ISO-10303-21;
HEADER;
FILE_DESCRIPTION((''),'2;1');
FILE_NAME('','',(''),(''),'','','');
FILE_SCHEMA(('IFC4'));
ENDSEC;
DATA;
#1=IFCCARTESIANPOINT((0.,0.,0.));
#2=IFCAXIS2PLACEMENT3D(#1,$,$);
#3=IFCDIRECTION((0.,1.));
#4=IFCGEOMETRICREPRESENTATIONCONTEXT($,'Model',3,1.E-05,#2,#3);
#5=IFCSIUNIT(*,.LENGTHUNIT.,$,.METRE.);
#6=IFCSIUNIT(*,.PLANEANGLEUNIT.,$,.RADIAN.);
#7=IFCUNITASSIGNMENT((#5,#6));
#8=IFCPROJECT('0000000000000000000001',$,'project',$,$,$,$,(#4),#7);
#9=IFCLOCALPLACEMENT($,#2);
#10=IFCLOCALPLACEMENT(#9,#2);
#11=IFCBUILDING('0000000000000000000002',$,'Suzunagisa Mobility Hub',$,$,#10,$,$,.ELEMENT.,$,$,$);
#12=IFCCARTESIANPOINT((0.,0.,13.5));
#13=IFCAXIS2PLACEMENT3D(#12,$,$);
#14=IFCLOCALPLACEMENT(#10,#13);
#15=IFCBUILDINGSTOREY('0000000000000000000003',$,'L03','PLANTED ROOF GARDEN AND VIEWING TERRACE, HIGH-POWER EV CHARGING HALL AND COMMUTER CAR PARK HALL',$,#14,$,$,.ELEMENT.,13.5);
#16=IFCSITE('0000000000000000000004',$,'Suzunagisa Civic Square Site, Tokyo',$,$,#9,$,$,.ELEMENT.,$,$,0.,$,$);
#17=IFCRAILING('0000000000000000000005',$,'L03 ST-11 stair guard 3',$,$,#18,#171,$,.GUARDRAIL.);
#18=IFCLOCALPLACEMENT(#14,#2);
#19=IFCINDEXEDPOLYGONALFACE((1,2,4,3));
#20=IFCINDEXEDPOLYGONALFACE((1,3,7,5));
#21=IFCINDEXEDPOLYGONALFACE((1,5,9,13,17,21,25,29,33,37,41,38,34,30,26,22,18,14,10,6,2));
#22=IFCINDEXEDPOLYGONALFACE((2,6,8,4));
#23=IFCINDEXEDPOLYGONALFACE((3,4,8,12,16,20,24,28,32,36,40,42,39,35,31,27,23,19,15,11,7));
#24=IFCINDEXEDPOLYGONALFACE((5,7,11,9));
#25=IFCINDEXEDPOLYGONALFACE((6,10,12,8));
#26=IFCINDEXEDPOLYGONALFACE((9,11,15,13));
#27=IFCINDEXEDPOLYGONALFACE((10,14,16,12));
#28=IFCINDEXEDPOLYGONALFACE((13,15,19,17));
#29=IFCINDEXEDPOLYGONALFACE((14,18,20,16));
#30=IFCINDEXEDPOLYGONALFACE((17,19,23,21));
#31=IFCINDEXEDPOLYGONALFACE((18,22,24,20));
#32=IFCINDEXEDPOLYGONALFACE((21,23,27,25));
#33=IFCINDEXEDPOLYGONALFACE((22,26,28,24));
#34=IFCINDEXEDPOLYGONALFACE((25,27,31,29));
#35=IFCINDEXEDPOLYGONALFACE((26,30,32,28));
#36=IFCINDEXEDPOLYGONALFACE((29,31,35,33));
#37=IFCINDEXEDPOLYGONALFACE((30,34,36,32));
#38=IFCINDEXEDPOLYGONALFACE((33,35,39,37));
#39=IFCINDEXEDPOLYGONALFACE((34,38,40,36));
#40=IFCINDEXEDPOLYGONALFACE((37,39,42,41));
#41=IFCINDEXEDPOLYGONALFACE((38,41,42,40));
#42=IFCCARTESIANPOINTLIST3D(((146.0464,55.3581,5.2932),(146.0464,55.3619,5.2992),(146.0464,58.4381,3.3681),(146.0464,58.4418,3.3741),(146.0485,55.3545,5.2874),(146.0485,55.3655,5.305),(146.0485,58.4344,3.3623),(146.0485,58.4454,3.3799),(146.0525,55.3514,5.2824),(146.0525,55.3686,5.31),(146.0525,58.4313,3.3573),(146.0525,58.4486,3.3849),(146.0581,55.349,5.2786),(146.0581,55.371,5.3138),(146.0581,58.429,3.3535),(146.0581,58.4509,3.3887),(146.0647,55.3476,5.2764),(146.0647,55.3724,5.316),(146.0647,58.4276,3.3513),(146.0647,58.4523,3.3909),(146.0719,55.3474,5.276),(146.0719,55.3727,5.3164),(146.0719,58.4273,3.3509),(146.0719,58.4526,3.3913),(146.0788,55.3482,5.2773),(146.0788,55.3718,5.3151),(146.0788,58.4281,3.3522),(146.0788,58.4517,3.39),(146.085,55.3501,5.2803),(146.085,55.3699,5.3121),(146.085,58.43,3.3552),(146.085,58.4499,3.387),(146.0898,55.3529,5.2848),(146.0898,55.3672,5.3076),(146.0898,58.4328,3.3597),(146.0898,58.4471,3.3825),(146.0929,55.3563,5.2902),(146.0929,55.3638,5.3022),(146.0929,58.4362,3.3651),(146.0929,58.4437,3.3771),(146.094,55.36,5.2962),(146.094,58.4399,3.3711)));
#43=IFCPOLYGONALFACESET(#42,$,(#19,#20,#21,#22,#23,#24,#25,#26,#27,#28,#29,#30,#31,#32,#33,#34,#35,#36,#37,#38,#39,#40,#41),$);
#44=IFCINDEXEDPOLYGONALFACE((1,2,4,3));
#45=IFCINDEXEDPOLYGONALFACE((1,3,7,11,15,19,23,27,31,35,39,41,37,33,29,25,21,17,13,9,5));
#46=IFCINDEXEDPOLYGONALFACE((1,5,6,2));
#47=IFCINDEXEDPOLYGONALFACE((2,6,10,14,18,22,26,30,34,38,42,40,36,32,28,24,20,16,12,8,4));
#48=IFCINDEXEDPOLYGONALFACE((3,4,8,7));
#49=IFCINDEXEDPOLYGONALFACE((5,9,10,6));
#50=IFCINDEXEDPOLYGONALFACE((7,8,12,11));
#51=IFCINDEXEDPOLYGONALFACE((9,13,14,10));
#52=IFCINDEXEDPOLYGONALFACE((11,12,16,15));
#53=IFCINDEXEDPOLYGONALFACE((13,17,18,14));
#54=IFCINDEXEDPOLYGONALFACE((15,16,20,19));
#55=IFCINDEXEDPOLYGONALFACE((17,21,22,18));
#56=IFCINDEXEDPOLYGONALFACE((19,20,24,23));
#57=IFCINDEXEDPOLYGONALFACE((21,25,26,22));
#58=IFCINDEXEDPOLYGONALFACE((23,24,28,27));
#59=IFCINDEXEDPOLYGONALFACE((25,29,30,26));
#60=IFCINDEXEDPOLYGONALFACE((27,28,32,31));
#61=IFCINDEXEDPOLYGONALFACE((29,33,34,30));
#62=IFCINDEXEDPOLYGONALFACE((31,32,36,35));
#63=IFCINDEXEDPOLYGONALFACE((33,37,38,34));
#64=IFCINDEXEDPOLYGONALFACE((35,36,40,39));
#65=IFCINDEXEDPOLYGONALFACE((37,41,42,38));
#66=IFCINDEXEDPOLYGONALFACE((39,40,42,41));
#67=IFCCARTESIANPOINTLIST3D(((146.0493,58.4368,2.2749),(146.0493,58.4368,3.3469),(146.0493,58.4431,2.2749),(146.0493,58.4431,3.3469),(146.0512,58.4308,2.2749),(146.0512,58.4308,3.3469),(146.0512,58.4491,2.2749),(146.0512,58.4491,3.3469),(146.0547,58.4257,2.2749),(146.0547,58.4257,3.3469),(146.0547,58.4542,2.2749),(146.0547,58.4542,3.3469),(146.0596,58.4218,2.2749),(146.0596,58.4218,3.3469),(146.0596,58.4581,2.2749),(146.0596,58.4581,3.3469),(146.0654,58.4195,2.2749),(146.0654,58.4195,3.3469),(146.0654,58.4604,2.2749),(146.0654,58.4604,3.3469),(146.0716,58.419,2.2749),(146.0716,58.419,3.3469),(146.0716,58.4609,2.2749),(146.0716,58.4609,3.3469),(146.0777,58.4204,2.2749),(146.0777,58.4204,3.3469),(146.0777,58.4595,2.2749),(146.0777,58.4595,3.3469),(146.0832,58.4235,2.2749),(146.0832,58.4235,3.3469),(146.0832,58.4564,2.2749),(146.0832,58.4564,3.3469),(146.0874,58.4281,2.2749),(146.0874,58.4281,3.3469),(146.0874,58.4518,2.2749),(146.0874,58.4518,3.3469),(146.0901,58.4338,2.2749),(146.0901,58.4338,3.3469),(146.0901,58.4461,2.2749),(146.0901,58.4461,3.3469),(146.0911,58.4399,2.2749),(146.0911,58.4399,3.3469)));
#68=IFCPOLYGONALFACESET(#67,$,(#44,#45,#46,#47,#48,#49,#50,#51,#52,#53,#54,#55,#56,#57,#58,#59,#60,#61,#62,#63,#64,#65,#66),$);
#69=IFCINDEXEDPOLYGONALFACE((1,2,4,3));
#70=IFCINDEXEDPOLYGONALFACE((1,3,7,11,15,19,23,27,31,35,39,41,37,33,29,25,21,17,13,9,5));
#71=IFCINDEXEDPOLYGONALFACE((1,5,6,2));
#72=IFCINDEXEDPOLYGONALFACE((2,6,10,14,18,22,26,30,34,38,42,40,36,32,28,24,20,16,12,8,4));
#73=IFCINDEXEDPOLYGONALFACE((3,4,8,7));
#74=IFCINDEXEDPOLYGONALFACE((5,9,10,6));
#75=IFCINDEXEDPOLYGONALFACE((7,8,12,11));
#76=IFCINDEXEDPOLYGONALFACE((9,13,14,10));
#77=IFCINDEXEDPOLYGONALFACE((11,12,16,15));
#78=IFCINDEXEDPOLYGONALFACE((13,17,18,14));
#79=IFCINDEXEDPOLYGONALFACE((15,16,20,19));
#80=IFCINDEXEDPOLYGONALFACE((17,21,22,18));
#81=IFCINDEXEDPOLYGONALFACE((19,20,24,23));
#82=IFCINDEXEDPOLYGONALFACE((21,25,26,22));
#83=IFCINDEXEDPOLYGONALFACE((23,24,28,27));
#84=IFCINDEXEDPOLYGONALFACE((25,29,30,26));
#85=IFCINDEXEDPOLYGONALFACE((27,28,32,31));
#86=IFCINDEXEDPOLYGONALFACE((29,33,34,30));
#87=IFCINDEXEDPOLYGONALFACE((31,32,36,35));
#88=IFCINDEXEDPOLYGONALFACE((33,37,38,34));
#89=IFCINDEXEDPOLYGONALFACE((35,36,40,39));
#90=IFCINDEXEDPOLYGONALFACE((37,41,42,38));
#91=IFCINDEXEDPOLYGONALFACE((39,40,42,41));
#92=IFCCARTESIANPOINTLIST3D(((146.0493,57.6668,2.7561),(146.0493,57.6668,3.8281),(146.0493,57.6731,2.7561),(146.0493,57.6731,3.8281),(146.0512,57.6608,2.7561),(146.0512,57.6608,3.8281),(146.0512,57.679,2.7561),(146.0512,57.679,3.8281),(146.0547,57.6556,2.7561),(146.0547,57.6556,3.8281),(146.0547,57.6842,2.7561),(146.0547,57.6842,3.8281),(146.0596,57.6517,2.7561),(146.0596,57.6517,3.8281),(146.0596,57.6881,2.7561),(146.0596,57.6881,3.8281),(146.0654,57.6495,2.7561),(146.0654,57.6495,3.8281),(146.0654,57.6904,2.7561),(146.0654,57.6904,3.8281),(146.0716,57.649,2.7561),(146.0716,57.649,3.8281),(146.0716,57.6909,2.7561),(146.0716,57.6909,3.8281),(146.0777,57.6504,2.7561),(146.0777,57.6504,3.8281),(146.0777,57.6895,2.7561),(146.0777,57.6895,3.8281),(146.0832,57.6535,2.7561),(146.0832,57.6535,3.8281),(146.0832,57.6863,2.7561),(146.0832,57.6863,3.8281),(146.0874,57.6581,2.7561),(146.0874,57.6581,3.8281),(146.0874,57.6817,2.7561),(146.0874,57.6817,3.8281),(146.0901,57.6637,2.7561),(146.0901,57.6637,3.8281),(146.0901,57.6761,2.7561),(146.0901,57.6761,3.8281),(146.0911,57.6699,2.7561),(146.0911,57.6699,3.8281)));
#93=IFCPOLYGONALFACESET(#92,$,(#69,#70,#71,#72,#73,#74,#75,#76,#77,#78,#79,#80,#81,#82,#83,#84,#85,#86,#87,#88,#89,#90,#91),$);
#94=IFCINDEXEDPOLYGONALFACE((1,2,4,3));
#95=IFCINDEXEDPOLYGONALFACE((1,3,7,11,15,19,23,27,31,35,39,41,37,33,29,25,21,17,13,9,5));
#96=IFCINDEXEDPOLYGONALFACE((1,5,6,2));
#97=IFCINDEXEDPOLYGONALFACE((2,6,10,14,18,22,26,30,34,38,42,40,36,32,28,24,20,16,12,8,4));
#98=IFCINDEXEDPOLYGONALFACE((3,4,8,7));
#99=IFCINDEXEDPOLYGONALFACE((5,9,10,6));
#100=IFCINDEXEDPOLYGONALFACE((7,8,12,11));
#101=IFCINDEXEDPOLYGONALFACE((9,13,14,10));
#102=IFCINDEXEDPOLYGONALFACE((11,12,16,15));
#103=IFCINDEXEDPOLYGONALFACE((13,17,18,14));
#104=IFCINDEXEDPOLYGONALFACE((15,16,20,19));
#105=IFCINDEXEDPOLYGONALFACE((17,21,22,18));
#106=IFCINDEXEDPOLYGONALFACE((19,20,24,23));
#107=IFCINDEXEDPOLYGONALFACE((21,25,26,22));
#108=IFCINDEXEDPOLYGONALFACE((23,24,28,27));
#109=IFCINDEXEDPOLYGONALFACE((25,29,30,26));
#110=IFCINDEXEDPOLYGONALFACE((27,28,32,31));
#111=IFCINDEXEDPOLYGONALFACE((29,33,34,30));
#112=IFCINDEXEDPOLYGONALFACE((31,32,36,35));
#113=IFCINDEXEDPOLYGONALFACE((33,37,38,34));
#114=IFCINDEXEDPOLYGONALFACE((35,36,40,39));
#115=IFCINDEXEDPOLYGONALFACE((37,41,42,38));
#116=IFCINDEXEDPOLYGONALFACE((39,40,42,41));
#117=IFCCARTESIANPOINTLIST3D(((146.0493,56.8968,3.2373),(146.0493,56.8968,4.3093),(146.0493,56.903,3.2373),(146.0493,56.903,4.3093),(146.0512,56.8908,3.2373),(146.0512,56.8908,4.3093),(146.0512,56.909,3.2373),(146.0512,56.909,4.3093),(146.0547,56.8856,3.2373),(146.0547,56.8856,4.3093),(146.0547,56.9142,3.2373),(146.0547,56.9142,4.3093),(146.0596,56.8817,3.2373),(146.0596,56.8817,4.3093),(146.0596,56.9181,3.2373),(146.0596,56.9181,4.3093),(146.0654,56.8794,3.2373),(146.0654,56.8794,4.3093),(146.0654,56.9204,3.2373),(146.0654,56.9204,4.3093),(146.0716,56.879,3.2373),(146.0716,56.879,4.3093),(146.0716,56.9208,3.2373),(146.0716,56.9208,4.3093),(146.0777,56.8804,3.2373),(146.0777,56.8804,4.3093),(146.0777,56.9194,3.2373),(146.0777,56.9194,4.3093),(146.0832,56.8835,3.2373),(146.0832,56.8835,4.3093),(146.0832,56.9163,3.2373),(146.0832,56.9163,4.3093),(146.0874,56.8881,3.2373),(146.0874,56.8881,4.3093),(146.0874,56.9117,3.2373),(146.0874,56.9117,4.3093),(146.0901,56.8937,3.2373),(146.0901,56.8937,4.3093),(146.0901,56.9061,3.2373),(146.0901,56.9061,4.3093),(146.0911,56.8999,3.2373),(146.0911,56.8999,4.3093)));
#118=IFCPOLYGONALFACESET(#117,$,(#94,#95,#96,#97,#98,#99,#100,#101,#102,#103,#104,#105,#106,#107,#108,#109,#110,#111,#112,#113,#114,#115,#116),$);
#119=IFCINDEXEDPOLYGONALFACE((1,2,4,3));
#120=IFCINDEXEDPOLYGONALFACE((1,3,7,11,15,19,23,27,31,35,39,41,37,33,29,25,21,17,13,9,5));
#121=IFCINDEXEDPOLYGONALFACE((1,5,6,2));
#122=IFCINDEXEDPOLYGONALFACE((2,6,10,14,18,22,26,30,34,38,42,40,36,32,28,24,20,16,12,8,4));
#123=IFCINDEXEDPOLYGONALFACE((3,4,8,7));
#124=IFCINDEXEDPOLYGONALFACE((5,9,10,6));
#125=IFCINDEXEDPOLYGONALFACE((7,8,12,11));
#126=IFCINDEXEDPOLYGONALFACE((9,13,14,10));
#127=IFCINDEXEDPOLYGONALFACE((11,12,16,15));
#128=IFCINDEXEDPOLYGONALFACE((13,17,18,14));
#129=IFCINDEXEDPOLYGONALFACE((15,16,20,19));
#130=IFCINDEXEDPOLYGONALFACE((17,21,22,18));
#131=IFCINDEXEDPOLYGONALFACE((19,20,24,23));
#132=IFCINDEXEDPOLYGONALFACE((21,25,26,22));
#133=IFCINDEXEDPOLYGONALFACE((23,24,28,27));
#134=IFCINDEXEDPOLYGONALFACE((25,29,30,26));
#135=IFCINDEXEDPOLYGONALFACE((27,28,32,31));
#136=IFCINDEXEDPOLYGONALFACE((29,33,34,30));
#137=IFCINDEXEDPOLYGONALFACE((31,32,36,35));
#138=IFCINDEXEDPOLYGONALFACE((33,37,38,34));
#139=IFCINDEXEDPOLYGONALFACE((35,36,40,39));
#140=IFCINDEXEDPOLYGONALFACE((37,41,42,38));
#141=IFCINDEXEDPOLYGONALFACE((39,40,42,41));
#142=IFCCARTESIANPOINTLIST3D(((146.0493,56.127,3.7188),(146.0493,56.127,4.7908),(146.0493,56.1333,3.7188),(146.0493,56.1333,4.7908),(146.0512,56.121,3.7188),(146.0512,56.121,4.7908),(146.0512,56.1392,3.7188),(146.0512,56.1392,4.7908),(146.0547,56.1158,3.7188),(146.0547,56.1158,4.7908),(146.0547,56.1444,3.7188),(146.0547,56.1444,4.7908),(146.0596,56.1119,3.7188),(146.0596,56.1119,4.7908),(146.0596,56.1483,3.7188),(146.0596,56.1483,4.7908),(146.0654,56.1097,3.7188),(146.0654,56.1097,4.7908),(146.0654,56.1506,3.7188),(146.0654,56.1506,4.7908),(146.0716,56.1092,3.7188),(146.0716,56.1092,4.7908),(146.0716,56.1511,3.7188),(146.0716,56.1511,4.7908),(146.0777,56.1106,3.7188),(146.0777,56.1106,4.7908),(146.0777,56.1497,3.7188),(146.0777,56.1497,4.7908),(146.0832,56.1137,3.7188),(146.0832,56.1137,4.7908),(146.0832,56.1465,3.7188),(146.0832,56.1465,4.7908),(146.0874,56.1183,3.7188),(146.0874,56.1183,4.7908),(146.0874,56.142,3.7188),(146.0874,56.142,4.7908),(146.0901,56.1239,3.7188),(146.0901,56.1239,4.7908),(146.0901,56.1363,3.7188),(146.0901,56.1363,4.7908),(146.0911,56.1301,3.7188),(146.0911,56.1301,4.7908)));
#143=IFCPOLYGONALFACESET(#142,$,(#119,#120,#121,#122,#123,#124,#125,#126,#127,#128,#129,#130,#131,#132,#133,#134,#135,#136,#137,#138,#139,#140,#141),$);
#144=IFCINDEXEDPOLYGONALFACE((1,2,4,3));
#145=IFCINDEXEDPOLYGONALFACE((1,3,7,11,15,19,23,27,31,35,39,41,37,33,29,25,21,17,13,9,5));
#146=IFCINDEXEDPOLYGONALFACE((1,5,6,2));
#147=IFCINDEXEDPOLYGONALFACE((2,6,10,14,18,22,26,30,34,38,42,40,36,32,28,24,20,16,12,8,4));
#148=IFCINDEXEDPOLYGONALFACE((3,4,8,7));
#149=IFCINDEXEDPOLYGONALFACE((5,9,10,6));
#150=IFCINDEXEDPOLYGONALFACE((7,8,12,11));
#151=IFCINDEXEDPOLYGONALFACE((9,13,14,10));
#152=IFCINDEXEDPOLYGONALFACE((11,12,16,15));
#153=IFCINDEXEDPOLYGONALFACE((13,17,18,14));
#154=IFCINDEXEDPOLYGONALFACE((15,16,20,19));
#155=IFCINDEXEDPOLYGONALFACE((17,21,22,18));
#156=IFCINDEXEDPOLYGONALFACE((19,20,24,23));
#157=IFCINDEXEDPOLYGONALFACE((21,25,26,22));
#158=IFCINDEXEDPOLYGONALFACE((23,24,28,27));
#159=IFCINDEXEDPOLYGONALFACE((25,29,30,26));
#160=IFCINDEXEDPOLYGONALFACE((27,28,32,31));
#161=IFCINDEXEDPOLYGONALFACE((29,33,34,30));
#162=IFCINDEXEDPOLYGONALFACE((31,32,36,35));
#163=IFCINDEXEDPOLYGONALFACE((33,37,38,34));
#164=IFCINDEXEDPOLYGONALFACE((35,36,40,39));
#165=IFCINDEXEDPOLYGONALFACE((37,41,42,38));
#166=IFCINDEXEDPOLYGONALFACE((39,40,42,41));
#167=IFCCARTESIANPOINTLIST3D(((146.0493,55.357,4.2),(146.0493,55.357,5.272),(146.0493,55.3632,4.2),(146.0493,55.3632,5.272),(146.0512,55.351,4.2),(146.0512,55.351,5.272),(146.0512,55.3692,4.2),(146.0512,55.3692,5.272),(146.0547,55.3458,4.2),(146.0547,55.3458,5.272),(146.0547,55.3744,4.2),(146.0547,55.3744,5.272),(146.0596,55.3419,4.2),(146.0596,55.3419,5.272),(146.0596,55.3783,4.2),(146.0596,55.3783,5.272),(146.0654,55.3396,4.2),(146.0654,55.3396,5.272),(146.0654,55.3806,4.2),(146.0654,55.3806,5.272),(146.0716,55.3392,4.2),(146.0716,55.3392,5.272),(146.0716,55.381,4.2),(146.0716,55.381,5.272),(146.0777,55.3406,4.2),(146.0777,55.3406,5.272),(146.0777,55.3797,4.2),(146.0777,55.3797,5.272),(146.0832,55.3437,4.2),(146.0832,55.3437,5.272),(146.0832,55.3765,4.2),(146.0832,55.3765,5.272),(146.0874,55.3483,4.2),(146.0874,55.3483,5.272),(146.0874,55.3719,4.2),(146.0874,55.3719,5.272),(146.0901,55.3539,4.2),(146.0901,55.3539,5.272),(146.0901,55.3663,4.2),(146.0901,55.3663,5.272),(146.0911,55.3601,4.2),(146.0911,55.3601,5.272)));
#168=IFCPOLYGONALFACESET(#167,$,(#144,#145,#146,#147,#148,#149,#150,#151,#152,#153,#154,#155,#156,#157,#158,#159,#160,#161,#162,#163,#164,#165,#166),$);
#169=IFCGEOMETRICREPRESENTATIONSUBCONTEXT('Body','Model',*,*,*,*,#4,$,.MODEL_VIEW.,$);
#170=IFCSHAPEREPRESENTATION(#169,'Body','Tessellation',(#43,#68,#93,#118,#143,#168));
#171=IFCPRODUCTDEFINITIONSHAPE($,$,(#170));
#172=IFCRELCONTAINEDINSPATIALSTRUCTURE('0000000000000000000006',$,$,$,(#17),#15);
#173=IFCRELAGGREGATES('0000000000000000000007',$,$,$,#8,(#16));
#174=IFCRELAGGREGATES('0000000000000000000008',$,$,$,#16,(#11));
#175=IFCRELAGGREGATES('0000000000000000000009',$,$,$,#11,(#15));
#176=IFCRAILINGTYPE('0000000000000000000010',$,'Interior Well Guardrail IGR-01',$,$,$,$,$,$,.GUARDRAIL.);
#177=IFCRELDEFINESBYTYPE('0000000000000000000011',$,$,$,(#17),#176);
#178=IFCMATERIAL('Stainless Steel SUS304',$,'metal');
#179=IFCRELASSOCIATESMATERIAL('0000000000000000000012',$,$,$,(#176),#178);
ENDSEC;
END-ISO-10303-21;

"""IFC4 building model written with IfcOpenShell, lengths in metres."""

from ifc_helpers import new_model, si_unit, direction, frame, origin, origin_2d, place, context, subcontext, project, spatial, circle, extrude, material, type_object, element, save


model = new_model("IFC4")

# Units and contexts
model_context = context("Model", 3, precision=1e-05, world=origin(), true_north=direction((0.0, 1.0)))
body_context = subcontext(model_context, "Body", "Model", "MODEL_VIEW")
ifc_project = project(units=[si_unit("LENGTHUNIT", "METRE"), si_unit("PLANEANGLEUNIT", "RADIAN")], contexts=[model_context])

# Site, building, storey
site_placement = place(None, origin())
site = spatial("IfcSite", under=ifc_project, at=site_placement, Name="Suzunagisa Civic Square Site, Tokyo", CompositionType="ELEMENT", RefElevation=0.0)
building_placement = place(site_placement, origin())
building = spatial("IfcBuilding", under=site, at=building_placement, Name="Suzunagisa Mobility Hub", CompositionType="ELEMENT")
storey_placement = place(building_placement, frame((0.0, 0.0, 13.5)))
storey = spatial("IfcBuildingStorey", under=building, at=storey_placement, Name="L03", Description="PLANTED ROOF GARDEN AND VIEWING TERRACE, HIGH-POWER EV CHARGING HALL AND COMMUTER CAR PARK HALL", CompositionType="ELEMENT", Elevation=13.5)

# Railing
ifc_material_1 = material(Name="Stainless Steel SUS304", Category="metal")
railing_type_1 = type_object("IfcRailingType", Name="Interior Well Guardrail IGR-01", PredefinedType="GUARDRAIL", material=ifc_material_1)
railing_1_placement = place(storey_placement, frame((146.0701, 58.4399, 2.2749)))
element("IfcRailing", 1, at=railing_1_placement, inside=storey, type_object=railing_type_1, Name="L03 ST-11 stair guard 3", PredefinedType="GUARDRAIL", context=body_context, shape_type="SweptSolid", body=[
    extrude(circle(Radius=0.0239, at=origin_2d()), frame((0.0, 0.0, 1.0962), z_axis=(0.0, -0.847979, 0.530029), x_axis=(1.0, 0.0, 0.0)), (0.0, 0.0, 1.0), 3.6321),
    extrude(circle(Radius=0.021, at=origin_2d()), origin(), (0.0, 0.0, 1.0), 1.072),
    extrude(circle(Radius=0.021, at=origin_2d()), frame((0.0, -0.77, 0.4812)), (0.0, 0.0, 1.0), 1.072),
    extrude(circle(Radius=0.021, at=origin_2d()), frame((0.0, -1.54, 0.9624)), (0.0, 0.0, 1.0), 1.072),
    extrude(circle(Radius=0.021, at=origin_2d()), frame((0.0, -2.3098, 1.4438)), (0.0, 0.0, 1.0), 1.072),
    extrude(circle(Radius=0.021, at=origin_2d()), frame((0.0, -3.0798, 1.925)), (0.0, 0.0, 1.0), 1.072),
])

save(model, "model.ifc")
